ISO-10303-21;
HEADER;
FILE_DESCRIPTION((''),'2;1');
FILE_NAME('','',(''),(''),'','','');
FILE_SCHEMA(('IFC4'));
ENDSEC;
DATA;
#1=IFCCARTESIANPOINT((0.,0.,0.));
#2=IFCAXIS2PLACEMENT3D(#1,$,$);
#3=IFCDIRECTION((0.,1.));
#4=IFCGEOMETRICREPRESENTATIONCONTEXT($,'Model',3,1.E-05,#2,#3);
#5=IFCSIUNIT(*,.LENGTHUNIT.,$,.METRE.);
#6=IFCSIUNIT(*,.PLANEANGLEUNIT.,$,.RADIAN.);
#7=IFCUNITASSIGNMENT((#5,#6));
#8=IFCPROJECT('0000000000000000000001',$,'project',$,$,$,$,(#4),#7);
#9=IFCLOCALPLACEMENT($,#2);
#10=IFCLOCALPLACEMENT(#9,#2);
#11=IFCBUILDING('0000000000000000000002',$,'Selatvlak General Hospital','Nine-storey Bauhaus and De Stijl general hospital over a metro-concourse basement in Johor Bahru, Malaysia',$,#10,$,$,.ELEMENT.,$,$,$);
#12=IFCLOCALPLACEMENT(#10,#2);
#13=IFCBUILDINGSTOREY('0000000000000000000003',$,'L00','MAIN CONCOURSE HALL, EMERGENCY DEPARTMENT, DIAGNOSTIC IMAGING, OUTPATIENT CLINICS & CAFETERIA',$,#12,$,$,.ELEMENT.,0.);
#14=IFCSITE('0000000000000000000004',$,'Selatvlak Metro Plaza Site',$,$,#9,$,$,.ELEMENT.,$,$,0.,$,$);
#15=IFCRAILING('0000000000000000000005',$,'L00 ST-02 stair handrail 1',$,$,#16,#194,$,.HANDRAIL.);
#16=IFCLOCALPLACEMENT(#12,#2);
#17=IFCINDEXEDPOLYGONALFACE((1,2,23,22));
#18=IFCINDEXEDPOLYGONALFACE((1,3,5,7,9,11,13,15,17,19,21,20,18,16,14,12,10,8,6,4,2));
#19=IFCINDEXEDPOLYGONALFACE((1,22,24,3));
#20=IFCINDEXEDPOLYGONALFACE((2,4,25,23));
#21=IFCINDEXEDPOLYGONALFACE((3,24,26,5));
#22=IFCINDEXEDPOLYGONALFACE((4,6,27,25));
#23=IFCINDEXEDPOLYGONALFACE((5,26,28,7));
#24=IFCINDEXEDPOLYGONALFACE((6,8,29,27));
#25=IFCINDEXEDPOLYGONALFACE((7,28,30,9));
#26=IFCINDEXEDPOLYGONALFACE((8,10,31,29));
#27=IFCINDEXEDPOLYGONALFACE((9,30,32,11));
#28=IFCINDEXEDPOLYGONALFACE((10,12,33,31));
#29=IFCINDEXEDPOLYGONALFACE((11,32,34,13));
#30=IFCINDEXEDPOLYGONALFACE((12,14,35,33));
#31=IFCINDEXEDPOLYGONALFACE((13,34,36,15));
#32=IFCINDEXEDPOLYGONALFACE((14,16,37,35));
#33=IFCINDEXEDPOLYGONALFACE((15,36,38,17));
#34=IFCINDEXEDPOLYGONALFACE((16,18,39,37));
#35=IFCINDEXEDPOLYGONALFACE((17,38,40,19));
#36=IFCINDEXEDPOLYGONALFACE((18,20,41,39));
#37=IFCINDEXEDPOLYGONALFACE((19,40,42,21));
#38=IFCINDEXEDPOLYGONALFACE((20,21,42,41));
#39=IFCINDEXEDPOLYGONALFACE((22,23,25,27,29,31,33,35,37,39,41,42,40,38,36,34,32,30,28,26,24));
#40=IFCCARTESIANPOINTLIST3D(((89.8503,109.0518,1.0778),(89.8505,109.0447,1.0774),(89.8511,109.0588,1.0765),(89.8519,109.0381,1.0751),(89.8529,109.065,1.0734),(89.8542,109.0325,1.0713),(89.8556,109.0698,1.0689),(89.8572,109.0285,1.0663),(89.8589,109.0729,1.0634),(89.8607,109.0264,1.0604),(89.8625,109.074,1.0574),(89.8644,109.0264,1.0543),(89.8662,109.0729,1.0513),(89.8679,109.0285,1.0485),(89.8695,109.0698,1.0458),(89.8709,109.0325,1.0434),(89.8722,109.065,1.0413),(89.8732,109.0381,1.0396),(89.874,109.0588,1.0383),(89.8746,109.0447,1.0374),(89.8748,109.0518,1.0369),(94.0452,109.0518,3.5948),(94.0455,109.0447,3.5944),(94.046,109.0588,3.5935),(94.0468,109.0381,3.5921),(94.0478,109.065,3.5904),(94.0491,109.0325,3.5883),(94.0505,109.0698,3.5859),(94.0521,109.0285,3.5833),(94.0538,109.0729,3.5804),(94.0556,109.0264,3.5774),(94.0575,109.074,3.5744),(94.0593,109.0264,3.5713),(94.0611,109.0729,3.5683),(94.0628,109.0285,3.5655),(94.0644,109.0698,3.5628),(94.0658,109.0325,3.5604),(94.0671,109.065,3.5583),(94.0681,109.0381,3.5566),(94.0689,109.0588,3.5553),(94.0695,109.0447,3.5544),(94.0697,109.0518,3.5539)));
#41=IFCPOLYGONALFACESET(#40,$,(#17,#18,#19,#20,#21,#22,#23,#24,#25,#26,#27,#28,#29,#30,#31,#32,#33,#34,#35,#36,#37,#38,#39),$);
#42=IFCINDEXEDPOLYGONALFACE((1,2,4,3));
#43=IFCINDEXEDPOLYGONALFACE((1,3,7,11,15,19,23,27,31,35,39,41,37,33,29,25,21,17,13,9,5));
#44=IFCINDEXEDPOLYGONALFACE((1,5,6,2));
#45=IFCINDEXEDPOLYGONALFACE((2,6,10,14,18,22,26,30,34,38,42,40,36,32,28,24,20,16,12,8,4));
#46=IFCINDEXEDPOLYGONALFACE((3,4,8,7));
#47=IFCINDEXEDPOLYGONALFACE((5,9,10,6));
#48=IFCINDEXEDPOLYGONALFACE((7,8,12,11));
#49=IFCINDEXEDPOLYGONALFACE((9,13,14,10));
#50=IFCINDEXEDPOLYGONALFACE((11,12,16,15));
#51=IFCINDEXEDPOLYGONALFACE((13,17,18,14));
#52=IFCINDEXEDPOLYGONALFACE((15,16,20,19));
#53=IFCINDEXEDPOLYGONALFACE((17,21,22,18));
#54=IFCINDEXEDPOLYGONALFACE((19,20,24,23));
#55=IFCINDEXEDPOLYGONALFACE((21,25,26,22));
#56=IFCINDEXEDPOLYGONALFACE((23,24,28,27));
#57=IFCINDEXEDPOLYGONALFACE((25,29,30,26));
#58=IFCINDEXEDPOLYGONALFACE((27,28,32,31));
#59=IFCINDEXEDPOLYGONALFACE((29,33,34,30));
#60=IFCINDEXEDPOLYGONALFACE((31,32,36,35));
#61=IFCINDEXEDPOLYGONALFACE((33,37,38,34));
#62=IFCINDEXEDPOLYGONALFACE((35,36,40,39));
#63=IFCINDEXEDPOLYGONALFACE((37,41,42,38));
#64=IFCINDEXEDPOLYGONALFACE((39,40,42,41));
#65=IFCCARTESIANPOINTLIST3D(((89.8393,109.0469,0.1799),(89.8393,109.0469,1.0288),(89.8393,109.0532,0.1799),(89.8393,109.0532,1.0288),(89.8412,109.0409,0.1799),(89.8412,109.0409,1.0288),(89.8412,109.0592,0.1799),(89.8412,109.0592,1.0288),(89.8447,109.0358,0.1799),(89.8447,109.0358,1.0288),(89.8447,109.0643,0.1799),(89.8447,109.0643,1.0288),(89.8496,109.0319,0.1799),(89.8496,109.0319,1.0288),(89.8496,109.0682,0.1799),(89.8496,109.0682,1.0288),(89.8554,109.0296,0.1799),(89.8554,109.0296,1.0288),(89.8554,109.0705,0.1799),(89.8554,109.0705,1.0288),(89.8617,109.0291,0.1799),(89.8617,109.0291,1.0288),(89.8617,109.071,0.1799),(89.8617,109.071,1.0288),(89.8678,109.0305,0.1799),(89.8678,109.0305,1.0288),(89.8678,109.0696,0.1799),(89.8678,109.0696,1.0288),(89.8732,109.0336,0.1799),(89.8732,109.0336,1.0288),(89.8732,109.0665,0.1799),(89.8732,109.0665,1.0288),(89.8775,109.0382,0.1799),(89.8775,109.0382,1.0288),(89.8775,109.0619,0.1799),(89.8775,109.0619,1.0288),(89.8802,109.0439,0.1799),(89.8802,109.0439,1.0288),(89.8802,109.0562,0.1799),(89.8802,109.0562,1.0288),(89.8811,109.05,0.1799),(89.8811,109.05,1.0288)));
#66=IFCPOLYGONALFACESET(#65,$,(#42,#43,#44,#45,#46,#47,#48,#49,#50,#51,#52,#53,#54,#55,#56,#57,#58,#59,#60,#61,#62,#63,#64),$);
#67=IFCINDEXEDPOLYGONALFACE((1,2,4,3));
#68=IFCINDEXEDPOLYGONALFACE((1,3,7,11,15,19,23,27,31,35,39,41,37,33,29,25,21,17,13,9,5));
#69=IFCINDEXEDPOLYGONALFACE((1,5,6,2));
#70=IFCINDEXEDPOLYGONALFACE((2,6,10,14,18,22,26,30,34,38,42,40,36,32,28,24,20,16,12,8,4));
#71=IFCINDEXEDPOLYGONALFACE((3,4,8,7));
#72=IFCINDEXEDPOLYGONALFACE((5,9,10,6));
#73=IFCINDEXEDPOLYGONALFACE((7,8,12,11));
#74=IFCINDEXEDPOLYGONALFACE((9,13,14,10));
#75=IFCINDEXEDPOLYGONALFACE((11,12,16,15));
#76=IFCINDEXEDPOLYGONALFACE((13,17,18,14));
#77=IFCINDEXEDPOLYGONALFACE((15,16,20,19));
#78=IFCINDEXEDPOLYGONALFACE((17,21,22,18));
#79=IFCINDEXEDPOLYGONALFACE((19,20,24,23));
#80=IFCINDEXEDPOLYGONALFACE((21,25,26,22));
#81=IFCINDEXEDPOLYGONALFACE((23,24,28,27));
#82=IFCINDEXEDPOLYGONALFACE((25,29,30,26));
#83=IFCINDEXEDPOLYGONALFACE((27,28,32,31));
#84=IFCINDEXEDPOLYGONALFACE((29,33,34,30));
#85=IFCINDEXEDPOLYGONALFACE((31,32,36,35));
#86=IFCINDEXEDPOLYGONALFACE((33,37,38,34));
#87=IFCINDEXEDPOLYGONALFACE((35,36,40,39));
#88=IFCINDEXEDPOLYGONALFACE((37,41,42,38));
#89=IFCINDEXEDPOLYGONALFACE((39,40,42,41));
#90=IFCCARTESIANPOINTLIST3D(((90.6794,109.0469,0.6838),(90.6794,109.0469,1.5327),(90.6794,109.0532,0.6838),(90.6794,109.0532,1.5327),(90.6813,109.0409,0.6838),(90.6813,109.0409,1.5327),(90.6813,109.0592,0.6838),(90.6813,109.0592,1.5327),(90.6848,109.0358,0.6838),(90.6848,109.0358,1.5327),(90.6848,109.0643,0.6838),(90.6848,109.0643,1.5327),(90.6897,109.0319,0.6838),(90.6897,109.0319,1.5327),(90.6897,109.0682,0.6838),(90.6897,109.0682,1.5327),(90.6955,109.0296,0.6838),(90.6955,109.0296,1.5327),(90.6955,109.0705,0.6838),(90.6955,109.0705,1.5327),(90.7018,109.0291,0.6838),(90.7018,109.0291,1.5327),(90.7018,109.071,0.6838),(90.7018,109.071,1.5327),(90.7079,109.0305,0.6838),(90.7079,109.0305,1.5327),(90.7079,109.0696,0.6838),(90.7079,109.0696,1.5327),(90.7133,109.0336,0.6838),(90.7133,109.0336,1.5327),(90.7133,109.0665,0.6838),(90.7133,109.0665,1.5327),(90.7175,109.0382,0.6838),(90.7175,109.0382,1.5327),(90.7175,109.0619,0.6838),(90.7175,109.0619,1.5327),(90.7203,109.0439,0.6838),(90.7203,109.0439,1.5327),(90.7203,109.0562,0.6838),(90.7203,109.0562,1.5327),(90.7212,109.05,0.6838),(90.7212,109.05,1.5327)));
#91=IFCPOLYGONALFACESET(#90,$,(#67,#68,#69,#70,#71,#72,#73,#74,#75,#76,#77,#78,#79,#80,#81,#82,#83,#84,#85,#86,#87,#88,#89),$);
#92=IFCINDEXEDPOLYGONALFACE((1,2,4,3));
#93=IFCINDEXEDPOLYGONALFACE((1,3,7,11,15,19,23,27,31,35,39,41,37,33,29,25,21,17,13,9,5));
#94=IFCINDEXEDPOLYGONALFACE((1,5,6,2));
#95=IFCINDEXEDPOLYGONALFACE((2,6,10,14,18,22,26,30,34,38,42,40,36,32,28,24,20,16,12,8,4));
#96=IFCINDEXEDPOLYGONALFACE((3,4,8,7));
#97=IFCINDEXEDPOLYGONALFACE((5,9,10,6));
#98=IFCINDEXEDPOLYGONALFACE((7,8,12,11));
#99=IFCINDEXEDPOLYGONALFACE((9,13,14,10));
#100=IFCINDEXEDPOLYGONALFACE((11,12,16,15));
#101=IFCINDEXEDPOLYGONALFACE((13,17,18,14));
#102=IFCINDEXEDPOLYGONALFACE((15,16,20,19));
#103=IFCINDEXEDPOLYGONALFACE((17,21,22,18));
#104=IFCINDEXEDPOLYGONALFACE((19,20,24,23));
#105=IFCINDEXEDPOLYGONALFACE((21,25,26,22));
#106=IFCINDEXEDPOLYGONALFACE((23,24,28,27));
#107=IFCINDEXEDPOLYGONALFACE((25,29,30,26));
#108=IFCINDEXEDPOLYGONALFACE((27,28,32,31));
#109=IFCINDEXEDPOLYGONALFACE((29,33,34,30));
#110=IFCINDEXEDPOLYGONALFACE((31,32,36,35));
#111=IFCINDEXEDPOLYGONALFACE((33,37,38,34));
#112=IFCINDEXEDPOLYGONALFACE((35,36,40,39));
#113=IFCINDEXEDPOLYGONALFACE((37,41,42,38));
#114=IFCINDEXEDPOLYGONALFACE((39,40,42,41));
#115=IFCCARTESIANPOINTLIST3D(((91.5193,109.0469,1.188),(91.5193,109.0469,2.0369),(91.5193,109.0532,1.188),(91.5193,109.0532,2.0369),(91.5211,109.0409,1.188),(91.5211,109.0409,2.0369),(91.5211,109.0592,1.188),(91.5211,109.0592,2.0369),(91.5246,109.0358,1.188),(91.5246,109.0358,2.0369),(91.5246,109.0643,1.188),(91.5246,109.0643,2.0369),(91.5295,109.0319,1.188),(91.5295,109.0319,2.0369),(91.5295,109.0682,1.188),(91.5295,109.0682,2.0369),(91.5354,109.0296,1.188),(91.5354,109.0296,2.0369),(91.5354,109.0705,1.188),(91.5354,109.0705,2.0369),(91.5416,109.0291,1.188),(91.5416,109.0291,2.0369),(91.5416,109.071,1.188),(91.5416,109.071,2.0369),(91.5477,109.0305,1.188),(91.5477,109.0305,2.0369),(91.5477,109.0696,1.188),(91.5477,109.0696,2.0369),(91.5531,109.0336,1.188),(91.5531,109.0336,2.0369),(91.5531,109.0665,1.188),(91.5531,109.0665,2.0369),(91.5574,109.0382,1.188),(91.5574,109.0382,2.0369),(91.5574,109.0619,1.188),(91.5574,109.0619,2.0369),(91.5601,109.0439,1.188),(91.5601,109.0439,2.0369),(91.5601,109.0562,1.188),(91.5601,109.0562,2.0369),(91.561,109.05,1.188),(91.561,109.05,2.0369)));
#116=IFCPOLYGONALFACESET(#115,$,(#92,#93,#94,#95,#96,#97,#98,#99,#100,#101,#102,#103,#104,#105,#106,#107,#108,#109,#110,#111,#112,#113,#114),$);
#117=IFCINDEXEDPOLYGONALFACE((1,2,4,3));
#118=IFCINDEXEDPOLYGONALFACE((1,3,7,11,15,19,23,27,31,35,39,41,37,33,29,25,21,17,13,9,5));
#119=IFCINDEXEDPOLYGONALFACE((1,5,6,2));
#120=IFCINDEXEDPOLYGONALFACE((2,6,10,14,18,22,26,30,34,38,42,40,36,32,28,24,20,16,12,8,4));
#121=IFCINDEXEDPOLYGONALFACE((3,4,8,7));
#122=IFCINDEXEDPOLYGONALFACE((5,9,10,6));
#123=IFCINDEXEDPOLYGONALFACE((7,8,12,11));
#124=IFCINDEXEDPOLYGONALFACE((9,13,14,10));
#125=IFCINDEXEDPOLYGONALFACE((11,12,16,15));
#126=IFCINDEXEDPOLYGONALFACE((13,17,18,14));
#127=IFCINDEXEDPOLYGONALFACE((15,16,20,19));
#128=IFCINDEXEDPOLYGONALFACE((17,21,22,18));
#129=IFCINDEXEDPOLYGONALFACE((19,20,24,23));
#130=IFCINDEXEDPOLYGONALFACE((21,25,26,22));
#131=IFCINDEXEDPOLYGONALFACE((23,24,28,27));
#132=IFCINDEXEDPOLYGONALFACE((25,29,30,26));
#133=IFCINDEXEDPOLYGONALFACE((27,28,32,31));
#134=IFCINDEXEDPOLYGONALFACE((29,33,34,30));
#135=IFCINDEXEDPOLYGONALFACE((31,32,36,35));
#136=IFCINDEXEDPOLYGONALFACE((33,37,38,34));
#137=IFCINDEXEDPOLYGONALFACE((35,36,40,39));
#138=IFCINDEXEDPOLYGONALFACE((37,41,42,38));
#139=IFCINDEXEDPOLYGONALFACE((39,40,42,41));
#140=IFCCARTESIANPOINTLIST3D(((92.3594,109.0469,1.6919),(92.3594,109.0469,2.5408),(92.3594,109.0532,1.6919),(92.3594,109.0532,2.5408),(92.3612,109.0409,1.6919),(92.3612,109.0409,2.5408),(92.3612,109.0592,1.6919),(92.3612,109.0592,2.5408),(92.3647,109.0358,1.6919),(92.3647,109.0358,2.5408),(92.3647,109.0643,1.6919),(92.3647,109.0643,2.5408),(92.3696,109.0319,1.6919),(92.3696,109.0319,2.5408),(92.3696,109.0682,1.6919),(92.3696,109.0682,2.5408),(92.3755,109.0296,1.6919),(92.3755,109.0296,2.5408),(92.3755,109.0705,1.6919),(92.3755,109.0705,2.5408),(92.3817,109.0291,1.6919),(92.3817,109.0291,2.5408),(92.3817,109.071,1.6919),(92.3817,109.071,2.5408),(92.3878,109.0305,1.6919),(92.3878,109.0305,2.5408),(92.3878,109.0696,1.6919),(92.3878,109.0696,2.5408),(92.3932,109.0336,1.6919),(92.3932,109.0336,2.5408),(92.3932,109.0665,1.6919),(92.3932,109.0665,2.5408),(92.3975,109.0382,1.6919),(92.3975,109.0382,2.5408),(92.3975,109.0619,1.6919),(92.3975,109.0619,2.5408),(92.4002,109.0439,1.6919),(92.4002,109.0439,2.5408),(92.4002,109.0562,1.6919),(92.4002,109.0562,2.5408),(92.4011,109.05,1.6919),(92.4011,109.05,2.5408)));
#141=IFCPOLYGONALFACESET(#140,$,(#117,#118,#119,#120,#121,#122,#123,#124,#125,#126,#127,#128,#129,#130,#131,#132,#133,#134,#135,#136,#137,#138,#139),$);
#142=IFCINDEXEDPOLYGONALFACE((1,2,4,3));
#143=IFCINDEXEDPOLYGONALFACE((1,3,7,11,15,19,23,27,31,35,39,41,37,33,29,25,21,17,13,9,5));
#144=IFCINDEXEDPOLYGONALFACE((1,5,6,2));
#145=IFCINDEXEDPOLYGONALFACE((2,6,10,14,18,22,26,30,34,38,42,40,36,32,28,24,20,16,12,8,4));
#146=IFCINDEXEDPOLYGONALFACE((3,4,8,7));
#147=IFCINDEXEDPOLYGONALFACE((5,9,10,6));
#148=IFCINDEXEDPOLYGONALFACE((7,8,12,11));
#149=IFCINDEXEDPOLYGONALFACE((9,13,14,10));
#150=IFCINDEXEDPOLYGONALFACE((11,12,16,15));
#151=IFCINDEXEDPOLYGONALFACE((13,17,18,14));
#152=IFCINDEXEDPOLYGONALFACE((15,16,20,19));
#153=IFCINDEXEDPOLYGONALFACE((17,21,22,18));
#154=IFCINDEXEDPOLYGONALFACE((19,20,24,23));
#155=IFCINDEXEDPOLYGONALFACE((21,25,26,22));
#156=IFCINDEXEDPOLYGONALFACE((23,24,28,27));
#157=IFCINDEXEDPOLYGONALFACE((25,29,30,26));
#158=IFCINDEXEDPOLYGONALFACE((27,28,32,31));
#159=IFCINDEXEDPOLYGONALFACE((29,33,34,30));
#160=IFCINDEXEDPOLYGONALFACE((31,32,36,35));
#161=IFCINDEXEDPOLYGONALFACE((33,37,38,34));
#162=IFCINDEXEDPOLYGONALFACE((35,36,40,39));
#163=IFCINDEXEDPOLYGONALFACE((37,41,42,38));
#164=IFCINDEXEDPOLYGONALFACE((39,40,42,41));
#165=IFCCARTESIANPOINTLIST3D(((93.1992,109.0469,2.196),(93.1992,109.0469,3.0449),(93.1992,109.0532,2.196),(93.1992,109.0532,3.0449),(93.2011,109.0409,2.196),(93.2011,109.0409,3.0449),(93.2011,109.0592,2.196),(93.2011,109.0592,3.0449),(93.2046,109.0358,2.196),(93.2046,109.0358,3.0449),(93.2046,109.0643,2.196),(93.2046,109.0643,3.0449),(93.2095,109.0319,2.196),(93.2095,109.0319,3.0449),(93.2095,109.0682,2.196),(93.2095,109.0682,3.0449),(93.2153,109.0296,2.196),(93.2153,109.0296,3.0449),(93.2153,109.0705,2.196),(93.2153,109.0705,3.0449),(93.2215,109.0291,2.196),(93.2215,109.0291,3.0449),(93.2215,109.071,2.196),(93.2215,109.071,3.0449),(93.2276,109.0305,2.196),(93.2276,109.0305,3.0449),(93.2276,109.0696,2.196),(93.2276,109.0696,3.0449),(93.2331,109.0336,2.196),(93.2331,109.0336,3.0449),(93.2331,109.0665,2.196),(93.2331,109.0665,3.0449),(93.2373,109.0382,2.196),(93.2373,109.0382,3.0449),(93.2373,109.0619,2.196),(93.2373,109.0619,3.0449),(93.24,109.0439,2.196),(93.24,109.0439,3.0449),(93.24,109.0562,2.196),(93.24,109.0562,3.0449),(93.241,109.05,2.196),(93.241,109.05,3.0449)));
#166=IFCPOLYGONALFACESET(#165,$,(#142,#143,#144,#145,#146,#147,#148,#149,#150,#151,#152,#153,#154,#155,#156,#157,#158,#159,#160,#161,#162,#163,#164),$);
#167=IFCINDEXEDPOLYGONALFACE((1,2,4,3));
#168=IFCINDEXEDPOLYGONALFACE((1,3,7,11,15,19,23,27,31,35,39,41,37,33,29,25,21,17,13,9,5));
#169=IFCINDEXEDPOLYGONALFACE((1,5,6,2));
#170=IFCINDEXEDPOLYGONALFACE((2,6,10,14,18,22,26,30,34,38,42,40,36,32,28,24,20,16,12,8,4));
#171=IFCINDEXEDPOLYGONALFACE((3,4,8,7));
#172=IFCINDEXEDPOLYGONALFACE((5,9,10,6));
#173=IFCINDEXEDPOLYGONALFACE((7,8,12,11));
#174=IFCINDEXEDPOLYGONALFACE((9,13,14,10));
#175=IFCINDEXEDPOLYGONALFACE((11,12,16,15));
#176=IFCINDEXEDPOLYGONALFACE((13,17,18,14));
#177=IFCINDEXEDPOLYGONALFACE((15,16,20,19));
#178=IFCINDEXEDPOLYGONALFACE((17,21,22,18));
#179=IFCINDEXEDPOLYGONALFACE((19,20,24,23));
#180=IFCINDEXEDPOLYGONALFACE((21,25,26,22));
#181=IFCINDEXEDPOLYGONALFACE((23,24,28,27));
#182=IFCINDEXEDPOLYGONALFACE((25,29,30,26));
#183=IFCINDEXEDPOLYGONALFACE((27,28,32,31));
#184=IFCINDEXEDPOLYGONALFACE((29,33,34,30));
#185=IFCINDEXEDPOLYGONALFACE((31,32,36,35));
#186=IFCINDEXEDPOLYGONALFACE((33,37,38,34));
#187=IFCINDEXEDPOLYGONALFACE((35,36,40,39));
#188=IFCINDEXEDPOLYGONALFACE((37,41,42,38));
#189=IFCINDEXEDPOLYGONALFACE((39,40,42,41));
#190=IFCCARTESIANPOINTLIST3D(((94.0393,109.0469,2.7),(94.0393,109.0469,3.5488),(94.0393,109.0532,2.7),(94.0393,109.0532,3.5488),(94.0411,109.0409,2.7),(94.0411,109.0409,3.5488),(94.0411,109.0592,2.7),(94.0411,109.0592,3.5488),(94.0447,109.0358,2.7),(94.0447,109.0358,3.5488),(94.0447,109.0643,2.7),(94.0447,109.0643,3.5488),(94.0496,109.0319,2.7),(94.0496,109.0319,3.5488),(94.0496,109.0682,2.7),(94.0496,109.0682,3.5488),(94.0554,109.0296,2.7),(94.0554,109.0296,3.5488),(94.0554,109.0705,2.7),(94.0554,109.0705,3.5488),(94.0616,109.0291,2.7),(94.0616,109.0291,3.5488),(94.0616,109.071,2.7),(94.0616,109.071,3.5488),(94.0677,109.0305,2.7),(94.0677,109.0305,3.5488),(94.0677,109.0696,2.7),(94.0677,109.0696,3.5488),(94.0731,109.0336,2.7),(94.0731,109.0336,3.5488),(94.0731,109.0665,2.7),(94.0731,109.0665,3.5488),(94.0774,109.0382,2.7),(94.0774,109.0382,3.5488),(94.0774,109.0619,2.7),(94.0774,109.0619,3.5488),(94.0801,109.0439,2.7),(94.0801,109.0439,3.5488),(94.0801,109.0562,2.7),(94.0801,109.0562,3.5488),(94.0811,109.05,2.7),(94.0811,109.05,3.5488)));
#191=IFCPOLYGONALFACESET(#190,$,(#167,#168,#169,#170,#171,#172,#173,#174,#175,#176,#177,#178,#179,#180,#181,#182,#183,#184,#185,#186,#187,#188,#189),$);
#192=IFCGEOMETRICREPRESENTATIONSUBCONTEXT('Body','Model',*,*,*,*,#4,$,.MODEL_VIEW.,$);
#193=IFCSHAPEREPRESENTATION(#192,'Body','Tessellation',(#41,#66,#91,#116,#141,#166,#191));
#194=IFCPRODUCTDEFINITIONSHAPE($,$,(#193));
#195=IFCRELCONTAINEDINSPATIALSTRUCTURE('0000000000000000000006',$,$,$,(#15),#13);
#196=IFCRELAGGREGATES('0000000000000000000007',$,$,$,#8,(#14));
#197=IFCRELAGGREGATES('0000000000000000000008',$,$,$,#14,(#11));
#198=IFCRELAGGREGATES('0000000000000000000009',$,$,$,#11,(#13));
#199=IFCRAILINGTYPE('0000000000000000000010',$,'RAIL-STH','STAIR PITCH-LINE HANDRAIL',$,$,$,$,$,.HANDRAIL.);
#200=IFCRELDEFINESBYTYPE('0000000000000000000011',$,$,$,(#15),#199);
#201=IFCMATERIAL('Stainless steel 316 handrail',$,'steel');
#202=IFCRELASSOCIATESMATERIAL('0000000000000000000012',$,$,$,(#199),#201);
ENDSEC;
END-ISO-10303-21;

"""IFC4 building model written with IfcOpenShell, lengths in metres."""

from ifc_helpers import new_model, si_unit, direction, frame, origin, origin_2d, place, context, subcontext, project, spatial, circle, extrude, material, type_object, element, save


model = new_model("IFC4")

# Units and contexts
model_context = context("Model", 3, precision=1e-05, world=origin(), true_north=direction((0.0, 1.0)))
body_context = subcontext(model_context, "Body", "Model", "MODEL_VIEW")
ifc_project = project(units=[si_unit("LENGTHUNIT", "METRE"), si_unit("PLANEANGLEUNIT", "RADIAN")], contexts=[model_context])

# Site, building, storey
site_placement = place(None, origin())
site = spatial("IfcSite", under=ifc_project, at=site_placement, Name="Selatvlak Metro Plaza Site", CompositionType="ELEMENT", RefElevation=0.0)
building_placement = place(site_placement, origin())
building = spatial("IfcBuilding", under=site, at=building_placement, Name="Selatvlak General Hospital", Description="Nine-storey Bauhaus and De Stijl general hospital over a metro-concourse basement in Johor Bahru, Malaysia", CompositionType="ELEMENT")
storey_placement = place(building_placement, origin())
storey = spatial("IfcBuildingStorey", under=building, at=storey_placement, Name="L00", Description="MAIN CONCOURSE HALL, EMERGENCY DEPARTMENT, DIAGNOSTIC IMAGING, OUTPATIENT CLINICS & CAFETERIA", CompositionType="ELEMENT", Elevation=0.0)

# Railing
ifc_material_1 = material(Name="Stainless steel 316 handrail", Category="steel")
railing_type_1 = type_object("IfcRailingType", Name="RAIL-STH", Description="STAIR PITCH-LINE HANDRAIL", PredefinedType="HANDRAIL", material=ifc_material_1)
railing_1_placement = place(storey_placement, frame((89.8601, 109.05, 0.1799)))
element("IfcRailing", 1, at=railing_1_placement, inside=storey, type_object=railing_type_1, Name="L00 ST-02 stair handrail 1", PredefinedType="HANDRAIL", context=body_context, shape_type="SweptSolid", body=[
    extrude(circle(Radius=0.0239, at=origin_2d()), frame((0.0024, 0.0, 0.8774), z_axis=(0.857489, 0.0, 0.514503), x_axis=(0.0, 1.0, 0.0)), (0.0, 0.0, 1.0), 4.8921),
    extrude(circle(Radius=0.021, at=origin_2d()), origin(), (0.0, 0.0, 1.0), 0.8489),
    extrude(circle(Radius=0.021, at=origin_2d()), frame((0.8401, 0.0, 0.5039)), (0.0, 0.0, 1.0), 0.8489),
    extrude(circle(Radius=0.021, at=origin_2d()), frame((1.6799, 0.0, 1.0081)), (0.0, 0.0, 1.0), 0.8489),
    extrude(circle(Radius=0.021, at=origin_2d()), frame((2.52, 0.0, 1.512)), (0.0, 0.0, 1.0), 0.8489),
    extrude(circle(Radius=0.021, at=origin_2d()), frame((3.3599, 0.0, 2.0161)), (0.0, 0.0, 1.0), 0.8489),
    extrude(circle(Radius=0.021, at=origin_2d()), frame((4.2, 0.0, 2.52)), (0.0, 0.0, 1.0), 0.8489),
])

save(model, "model.ifc")
